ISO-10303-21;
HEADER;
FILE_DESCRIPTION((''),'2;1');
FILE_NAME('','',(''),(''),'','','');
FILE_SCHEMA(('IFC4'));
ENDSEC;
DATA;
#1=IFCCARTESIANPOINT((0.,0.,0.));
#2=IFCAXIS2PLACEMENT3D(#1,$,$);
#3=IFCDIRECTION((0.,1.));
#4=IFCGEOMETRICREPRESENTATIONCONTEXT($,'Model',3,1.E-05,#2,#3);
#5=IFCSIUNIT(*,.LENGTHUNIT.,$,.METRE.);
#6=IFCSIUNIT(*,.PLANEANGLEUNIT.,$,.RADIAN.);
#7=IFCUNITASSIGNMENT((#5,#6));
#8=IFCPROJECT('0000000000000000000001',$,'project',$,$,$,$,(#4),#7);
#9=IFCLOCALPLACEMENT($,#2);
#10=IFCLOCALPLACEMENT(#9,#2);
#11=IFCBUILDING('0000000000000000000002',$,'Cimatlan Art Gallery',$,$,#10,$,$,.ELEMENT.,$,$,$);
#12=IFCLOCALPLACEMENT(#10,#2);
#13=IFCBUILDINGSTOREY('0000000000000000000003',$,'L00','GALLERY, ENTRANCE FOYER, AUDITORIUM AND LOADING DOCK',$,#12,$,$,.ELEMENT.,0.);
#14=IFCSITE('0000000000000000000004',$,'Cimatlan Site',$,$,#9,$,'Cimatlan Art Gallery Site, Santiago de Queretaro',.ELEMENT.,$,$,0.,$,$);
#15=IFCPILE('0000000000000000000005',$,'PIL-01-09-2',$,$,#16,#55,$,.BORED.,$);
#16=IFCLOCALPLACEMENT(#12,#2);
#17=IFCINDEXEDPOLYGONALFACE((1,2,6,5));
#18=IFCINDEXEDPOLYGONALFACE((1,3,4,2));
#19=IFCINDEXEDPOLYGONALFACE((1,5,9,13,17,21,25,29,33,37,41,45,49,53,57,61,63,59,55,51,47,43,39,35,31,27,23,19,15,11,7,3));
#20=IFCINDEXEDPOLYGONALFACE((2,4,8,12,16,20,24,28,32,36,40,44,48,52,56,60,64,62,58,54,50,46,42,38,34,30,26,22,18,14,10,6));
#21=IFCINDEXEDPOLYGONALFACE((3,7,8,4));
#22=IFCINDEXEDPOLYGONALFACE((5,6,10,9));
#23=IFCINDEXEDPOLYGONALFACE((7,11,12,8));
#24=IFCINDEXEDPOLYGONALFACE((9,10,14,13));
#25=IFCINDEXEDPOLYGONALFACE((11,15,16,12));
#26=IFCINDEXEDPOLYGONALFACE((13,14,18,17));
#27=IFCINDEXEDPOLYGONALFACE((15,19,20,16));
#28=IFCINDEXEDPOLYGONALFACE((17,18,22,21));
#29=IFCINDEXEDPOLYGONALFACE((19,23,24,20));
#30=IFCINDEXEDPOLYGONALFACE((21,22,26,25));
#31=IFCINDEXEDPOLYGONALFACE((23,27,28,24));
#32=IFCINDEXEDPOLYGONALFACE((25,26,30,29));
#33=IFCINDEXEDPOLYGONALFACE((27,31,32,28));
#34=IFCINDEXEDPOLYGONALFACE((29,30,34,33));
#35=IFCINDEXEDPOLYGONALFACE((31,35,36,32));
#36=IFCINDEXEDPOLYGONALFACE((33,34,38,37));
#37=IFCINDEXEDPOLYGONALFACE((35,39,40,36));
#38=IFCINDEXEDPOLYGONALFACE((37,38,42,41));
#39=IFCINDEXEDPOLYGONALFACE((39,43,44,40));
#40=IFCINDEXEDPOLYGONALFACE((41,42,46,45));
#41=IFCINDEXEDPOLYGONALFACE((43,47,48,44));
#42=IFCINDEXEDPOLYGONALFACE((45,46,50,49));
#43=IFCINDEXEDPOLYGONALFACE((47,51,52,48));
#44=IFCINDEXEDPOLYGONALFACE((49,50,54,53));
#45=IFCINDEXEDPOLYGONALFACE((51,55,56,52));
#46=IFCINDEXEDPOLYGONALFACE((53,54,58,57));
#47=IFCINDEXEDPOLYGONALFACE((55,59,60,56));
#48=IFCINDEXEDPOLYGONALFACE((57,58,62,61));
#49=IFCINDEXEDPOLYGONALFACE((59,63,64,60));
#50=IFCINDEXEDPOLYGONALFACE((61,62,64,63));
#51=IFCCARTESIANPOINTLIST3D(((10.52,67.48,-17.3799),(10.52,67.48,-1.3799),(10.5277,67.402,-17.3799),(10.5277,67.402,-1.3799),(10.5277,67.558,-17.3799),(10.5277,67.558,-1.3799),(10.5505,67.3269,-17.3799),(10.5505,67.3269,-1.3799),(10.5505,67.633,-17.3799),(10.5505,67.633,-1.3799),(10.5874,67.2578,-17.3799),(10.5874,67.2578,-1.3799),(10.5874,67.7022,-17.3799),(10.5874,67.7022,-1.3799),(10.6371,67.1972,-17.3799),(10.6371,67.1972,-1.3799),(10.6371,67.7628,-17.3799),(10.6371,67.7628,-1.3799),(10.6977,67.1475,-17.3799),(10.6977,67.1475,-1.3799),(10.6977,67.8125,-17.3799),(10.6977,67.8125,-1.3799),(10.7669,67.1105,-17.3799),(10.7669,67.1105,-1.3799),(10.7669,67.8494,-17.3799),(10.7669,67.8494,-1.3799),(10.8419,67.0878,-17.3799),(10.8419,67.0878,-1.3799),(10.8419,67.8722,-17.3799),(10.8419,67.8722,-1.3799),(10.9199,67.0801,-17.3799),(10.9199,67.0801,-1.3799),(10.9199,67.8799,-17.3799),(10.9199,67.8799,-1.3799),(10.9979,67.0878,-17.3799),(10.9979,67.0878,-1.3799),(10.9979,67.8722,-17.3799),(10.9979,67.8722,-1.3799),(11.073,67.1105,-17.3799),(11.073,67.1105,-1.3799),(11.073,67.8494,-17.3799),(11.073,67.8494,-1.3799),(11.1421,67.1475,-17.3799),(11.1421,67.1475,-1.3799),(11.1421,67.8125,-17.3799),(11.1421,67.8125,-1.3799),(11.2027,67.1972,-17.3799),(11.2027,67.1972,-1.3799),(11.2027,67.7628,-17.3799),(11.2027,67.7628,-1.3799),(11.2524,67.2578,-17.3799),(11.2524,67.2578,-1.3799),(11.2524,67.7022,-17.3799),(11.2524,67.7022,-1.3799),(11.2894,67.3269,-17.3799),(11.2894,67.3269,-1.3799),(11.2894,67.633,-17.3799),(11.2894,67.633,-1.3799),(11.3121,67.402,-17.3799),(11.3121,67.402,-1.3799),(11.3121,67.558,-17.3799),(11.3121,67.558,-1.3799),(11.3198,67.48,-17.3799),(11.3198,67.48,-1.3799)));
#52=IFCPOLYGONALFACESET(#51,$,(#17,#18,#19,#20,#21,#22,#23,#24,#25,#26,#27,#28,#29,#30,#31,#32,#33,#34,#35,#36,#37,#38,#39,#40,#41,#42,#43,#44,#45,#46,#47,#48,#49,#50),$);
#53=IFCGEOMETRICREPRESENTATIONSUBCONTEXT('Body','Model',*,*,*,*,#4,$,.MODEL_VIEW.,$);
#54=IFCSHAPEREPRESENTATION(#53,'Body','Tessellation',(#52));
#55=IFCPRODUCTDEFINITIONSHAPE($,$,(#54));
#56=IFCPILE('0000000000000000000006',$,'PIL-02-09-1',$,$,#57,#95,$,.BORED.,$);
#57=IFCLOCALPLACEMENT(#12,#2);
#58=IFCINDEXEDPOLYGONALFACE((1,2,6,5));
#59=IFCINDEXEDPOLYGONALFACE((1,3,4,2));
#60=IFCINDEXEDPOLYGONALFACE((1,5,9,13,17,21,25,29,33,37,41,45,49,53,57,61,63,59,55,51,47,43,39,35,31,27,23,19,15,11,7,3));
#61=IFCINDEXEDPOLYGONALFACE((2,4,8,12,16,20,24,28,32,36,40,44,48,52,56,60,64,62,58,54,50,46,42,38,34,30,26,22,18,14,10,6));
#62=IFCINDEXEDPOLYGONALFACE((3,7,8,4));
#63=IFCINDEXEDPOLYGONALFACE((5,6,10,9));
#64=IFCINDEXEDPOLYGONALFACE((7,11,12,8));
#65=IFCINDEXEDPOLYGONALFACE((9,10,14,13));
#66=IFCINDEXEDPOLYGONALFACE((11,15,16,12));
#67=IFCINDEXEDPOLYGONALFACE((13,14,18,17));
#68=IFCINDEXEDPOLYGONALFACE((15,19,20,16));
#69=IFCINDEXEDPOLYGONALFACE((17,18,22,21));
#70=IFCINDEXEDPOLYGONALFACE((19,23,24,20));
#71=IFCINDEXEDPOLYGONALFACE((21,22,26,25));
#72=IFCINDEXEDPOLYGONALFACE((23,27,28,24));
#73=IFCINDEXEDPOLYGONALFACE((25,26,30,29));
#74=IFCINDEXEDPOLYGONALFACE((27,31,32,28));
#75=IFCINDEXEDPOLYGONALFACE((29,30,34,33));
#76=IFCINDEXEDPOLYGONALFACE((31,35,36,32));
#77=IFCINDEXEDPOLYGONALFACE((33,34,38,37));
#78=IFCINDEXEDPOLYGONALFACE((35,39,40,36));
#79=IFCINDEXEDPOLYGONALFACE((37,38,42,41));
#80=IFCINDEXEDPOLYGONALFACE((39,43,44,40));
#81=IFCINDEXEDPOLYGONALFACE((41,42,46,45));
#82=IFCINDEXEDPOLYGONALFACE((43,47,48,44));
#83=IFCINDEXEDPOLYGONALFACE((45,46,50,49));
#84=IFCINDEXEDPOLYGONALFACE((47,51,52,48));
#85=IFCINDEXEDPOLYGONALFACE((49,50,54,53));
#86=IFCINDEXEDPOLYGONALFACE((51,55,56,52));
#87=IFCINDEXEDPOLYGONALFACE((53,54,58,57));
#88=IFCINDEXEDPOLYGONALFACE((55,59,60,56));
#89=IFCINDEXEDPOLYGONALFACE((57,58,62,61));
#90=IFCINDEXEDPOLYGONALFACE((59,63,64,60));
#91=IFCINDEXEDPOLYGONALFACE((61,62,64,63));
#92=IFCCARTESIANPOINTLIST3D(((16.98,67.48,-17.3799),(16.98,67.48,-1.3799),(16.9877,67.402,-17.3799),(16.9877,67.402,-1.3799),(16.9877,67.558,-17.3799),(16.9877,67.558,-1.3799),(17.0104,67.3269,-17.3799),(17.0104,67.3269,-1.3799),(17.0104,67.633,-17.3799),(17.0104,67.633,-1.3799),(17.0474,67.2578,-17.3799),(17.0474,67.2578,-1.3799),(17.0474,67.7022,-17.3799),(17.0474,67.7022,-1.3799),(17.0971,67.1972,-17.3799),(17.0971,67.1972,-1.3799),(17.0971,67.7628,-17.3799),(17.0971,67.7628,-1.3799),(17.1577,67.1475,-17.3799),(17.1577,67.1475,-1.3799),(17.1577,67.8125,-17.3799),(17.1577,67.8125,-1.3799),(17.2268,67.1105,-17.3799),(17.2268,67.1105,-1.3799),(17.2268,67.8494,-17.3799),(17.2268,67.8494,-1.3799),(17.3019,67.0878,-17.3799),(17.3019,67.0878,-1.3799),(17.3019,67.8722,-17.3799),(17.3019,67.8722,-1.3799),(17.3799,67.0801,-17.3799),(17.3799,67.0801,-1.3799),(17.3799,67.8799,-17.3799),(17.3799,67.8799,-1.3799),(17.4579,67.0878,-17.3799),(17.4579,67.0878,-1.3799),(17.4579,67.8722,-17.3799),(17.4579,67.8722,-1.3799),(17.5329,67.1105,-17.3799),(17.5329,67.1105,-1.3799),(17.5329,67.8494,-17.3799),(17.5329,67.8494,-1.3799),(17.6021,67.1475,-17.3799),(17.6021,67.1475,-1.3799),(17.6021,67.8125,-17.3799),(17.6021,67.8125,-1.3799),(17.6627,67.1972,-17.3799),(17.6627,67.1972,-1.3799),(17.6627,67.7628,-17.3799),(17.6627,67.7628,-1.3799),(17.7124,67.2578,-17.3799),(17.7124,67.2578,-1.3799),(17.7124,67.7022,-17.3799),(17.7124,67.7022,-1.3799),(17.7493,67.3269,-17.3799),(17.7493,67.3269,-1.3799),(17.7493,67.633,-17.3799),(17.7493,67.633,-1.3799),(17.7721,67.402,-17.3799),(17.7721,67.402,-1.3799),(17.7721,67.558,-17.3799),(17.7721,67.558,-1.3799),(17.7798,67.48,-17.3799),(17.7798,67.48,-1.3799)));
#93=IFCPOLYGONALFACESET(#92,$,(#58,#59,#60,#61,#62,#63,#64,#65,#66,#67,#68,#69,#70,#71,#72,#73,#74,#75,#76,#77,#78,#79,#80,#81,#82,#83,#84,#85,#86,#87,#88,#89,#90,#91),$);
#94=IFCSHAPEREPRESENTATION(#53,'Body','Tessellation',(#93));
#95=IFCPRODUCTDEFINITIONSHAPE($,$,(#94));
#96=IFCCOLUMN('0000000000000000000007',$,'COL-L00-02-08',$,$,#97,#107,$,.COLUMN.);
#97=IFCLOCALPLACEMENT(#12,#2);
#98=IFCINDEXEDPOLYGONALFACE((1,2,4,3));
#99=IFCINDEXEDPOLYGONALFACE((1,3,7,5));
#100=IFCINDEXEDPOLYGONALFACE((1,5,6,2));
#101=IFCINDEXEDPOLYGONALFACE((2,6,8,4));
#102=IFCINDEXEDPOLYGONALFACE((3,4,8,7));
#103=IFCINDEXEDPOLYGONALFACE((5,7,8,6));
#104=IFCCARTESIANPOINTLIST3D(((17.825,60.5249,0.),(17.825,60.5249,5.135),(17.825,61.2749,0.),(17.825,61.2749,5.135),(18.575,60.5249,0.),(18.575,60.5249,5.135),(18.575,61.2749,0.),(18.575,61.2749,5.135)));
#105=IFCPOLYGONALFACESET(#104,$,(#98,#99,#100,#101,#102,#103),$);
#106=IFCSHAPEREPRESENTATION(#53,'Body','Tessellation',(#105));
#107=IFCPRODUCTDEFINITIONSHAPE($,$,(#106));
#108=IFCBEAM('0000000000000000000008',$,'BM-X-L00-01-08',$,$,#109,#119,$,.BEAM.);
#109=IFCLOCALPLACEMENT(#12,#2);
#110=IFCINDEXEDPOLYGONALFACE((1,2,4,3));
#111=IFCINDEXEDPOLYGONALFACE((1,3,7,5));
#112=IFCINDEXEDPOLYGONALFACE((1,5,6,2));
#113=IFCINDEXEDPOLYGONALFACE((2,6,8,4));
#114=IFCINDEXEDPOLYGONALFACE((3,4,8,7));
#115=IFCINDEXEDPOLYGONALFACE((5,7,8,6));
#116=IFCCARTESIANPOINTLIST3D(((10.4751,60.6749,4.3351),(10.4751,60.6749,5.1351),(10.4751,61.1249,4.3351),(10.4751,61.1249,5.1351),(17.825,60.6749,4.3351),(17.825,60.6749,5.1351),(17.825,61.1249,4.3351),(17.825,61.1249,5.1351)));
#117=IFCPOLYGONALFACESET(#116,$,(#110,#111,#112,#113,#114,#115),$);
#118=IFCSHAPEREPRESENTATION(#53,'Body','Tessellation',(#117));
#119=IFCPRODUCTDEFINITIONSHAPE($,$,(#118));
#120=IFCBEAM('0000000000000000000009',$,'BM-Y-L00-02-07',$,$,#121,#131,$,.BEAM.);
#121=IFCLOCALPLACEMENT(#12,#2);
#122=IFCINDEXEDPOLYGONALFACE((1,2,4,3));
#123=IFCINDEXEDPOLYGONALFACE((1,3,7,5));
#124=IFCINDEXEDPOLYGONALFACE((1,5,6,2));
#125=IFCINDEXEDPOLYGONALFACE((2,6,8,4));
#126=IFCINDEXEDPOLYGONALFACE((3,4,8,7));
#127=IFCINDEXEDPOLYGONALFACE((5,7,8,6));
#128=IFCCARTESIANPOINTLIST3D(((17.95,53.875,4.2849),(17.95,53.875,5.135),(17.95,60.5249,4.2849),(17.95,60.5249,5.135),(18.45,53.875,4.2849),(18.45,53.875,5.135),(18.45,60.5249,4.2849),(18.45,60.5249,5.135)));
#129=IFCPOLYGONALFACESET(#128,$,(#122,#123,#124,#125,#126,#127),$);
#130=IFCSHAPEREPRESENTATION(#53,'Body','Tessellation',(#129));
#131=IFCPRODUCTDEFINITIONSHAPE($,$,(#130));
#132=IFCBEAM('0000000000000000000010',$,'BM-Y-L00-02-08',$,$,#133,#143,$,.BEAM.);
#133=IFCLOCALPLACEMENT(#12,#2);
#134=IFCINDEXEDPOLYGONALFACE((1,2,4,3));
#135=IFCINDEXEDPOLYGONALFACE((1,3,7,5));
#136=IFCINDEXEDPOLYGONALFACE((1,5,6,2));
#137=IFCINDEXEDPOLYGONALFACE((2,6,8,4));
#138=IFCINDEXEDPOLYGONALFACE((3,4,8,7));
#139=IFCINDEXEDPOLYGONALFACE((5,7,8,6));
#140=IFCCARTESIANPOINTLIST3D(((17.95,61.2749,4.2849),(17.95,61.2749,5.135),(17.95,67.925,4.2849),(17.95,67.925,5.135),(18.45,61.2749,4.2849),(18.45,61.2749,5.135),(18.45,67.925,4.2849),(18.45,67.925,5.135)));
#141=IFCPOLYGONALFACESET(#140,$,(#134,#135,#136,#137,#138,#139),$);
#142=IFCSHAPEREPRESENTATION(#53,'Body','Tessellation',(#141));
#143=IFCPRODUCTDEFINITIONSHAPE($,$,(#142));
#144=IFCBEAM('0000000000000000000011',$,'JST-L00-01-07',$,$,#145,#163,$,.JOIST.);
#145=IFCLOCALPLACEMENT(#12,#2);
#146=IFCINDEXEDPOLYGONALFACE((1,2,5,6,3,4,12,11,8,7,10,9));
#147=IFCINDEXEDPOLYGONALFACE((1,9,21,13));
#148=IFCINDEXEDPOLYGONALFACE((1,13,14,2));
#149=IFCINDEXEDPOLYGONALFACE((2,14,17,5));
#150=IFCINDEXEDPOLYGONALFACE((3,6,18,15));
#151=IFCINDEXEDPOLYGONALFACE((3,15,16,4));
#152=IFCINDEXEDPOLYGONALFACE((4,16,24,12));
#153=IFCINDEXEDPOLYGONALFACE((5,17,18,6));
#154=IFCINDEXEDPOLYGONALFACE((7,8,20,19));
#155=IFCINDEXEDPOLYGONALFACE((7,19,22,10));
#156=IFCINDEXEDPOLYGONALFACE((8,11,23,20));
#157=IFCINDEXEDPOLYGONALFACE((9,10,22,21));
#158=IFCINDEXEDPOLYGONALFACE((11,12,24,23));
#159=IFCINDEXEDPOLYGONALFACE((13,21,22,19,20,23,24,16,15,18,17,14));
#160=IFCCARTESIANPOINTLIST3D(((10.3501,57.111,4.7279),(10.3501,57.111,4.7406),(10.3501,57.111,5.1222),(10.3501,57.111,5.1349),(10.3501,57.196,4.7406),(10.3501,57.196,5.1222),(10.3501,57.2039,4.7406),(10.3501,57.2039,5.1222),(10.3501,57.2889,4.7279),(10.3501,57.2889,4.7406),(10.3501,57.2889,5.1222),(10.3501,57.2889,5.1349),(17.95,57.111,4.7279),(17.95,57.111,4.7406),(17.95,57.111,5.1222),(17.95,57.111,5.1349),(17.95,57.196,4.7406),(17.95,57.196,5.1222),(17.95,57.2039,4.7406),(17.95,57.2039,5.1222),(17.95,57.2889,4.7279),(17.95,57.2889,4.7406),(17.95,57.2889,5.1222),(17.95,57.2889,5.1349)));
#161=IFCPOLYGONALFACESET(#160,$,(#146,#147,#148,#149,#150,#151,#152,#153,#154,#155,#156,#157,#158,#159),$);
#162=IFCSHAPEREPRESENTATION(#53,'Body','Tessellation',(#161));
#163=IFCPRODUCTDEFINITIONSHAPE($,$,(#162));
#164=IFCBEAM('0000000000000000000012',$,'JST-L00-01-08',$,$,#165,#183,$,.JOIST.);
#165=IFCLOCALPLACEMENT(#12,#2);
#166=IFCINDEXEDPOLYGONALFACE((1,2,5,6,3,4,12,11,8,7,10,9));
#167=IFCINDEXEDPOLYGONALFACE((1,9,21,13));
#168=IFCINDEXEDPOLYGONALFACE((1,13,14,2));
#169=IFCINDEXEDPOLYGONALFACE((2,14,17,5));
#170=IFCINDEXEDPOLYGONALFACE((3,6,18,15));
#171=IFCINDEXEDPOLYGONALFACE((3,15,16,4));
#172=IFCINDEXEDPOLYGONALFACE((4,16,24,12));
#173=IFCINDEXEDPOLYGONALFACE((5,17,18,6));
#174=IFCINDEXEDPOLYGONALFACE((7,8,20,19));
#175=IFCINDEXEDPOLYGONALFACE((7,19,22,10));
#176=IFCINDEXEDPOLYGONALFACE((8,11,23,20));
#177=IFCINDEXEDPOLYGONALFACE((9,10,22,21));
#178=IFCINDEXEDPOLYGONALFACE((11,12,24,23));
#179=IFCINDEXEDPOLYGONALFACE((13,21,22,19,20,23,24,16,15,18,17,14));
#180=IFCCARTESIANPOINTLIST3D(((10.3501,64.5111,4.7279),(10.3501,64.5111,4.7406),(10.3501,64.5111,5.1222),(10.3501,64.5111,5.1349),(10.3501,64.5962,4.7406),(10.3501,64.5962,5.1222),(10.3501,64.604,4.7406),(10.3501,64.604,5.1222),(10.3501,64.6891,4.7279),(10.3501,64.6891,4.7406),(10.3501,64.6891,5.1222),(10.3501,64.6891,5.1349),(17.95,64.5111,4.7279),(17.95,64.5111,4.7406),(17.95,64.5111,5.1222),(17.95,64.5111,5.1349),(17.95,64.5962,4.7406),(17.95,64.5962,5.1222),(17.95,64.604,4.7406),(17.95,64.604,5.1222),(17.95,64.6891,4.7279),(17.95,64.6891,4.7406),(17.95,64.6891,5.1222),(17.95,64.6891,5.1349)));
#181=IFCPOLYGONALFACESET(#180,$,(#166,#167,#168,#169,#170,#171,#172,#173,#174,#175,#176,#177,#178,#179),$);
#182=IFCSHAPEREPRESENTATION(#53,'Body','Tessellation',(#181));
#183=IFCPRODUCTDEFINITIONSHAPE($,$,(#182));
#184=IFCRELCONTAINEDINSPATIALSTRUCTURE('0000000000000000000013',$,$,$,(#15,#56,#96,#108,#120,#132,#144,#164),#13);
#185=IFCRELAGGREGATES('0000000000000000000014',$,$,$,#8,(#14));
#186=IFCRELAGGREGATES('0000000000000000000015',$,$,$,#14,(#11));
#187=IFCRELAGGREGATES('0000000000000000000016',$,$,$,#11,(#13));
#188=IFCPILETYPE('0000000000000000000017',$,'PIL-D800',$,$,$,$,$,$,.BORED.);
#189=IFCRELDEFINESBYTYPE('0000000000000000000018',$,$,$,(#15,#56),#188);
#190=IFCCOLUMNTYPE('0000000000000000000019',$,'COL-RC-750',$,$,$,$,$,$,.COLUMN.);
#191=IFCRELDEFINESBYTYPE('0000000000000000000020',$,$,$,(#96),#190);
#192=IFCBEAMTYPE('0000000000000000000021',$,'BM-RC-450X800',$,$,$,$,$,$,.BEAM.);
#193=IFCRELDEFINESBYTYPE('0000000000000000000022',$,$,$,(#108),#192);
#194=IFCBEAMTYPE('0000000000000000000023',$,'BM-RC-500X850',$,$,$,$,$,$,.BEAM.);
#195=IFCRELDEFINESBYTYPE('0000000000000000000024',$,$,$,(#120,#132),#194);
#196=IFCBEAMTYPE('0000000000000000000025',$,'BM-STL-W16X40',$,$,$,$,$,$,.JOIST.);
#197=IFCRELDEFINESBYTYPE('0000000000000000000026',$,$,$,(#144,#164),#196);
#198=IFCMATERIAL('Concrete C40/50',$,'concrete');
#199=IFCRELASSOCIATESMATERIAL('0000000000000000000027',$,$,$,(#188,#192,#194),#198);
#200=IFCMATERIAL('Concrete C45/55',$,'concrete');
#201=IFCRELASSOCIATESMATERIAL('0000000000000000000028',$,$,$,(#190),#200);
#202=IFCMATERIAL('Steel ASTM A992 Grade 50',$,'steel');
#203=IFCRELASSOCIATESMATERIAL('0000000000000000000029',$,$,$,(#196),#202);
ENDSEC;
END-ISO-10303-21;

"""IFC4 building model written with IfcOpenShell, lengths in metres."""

from ifc_helpers import new_model, si_unit, direction, frame, origin, origin_2d, place, context, subcontext, project, spatial, rectangle, circle, i_section, extrude, material, material_profile, profile_set, type_object, element, save


model = new_model("IFC4")

# Units and contexts
model_context = context("Model", 3, precision=1e-05, world=origin(), true_north=direction((0.0, 1.0)))
body_context = subcontext(model_context, "Body", "Model", "MODEL_VIEW")
ifc_project = project(units=[si_unit("LENGTHUNIT", "METRE"), si_unit("PLANEANGLEUNIT", "RADIAN")], contexts=[model_context])

# Site, building, storey
site_placement = place(None, origin())
site = spatial("IfcSite", under=ifc_project, at=site_placement, Name="Cimatlan Site", LongName="Cimatlan Art Gallery Site, Santiago de Queretaro", CompositionType="ELEMENT", RefElevation=0.0)
building_placement = place(site_placement, origin())
building = spatial("IfcBuilding", under=site, at=building_placement, Name="Cimatlan Art Gallery", CompositionType="ELEMENT")
storey_placement = place(building_placement, origin())
storey = spatial("IfcBuildingStorey", under=building, at=storey_placement, Name="L00", Description="GALLERY, ENTRANCE FOYER, AUDITORIUM AND LOADING DOCK", CompositionType="ELEMENT", Elevation=0.0)

# Piles
ifc_material_1 = material(Name="Concrete C40/50", Category="concrete")
pile_type = type_object("IfcPileType", Name="PIL-D800", PredefinedType="BORED", material=ifc_material_1)
for number, where, z_axis, x_axis, name in (
    (1, (10.9199, 67.48, -1.3799), (0.0, 0.0, -1.0), (1.0, 0.0, 0.0), "PIL-01-09-2"),
    (2, (17.3799, 67.48, -1.3799), (0.0, 0.0, -1.0), (1.0, 0.0, 0.0), "PIL-02-09-1"),
):
    element("IfcPile", number, at=place(storey_placement, frame(where, z_axis=z_axis, x_axis=x_axis)), inside=storey, type_object=pile_type, Name=name, PredefinedType="BORED", context=body_context, shape_type="SweptSolid", body=[
        extrude(circle(Radius=0.3999, at=origin_2d()), origin(), (0.0, 0.0, 1.0), 16.0),
    ])

# Column
ifc_material_2 = material(Name="Concrete C45/55", Category="concrete")
ifc_material_profile_1 = material_profile(ifc_material_2, rectangle(XDim=0.75, YDim=0.75, at=origin_2d()), Name="RC750X750")
ifc_profile_set_1 = profile_set([ifc_material_profile_1], Name="Concrete C45/55")
column_type = type_object("IfcColumnType", Name="COL-RC-750", PredefinedType="COLUMN", material=ifc_profile_set_1)
column_placement = place(storey_placement, frame((18.2, 60.8999, 0.0), z_axis=(0.0, 0.0, 1.0), x_axis=(1.0, 0.0, 0.0)))
element("IfcColumn", 3, at=column_placement, inside=storey, type_object=column_type, Name="COL-L00-02-08", PredefinedType="COLUMN", context=body_context, shape_type="SweptSolid", body=[
    extrude(rectangle(XDim=0.75, YDim=0.75, at=origin_2d()), origin(), (0.0, 0.0, 1.0), 5.135),
])

# Beams
ifc_material_profile_2 = material_profile(ifc_material_1, rectangle(XDim=0.45, YDim=0.8, at=origin_2d()), Name="RC450X800")
ifc_profile_set_2 = profile_set([ifc_material_profile_2], Name="Concrete C40/50")
beam_type_1 = type_object("IfcBeamType", Name="BM-RC-450X800", PredefinedType="BEAM", material=ifc_profile_set_2)
beam_1_placement = place(storey_placement, frame((10.4751, 60.8999, 4.7351), z_axis=(1.0, 0.0, 0.0), x_axis=(0.0, 1.0, 0.0)))
element("IfcBeam", 4, at=beam_1_placement, inside=storey, type_object=beam_type_1, Name="BM-X-L00-01-08", PredefinedType="BEAM", context=body_context, shape_type="SweptSolid", body=[
    extrude(rectangle(XDim=0.45, YDim=0.8, at=origin_2d()), origin(), (0.0, 0.0, 1.0), 7.3499),
])
ifc_material_profile_3 = material_profile(ifc_material_1, rectangle(XDim=0.5, YDim=0.8501, at=origin_2d()), Name="RC500X850")
ifc_profile_set_3 = profile_set([ifc_material_profile_3], Name="Concrete C40/50")
beam_type_2 = type_object("IfcBeamType", Name="BM-RC-500X850", PredefinedType="BEAM", material=ifc_profile_set_3)
beam_2_placement = place(storey_placement, frame((18.2, 53.875, 4.71), z_axis=(0.0, 1.0, 0.0), x_axis=(-1.0, 0.0, 0.0)))
element("IfcBeam", 5, at=beam_2_placement, inside=storey, type_object=beam_type_2, Name="BM-Y-L00-02-07", PredefinedType="BEAM", context=body_context, shape_type="SweptSolid", body=[
    extrude(rectangle(XDim=0.5, YDim=0.8501, at=origin_2d()), origin(), (0.0, 0.0, 1.0), 6.6499),
])
beam_3_placement = place(storey_placement, frame((18.2, 61.2749, 4.71), z_axis=(0.0, 1.0, 0.0), x_axis=(-1.0, 0.0, 0.0)))
element("IfcBeam", 6, at=beam_3_placement, inside=storey, type_object=beam_type_2, Name="BM-Y-L00-02-08", PredefinedType="BEAM", context=body_context, shape_type="SweptSolid", body=[
    extrude(rectangle(XDim=0.5, YDim=0.8501, at=origin_2d()), origin(), (0.0, 0.0, 1.0), 6.6501),
])
ifc_material_3 = material(Name="Steel ASTM A992 Grade 50", Category="steel")
ifc_material_profile_4 = material_profile(ifc_material_3, i_section(OverallWidth=0.178, OverallDepth=0.407, WebThickness=0.0078, FlangeThickness=0.0127, at=origin_2d()), Name="W16X40")
ifc_profile_set_4 = profile_set([ifc_material_profile_4], Name="Steel ASTM A992 Grade 50")
beam_type_3 = type_object("IfcBeamType", Name="BM-STL-W16X40", PredefinedType="JOIST", material=ifc_profile_set_4)
for number, where, z_axis, x_axis, name in (
    (7, (10.3501, 57.2, 4.9314), (1.0, 0.0, 0.0), (0.0, 1.0, 0.0), "JST-L00-01-07"),
    (8, (10.3501, 64.6001, 4.9314), (1.0, 0.0, 0.0), (0.0, 1.0, 0.0), "JST-L00-01-08"),
):
    element("IfcBeam", number, at=place(storey_placement, frame(where, z_axis=z_axis, x_axis=x_axis)), inside=storey, type_object=beam_type_3, Name=name, PredefinedType="JOIST", context=body_context, shape_type="SweptSolid", body=[
        extrude(i_section(OverallWidth=0.178, OverallDepth=0.407, WebThickness=0.0078, FlangeThickness=0.0127, at=origin_2d()), origin(), (0.0, 0.0, 1.0), 7.5999),
    ])

save(model, "model.ifc")
